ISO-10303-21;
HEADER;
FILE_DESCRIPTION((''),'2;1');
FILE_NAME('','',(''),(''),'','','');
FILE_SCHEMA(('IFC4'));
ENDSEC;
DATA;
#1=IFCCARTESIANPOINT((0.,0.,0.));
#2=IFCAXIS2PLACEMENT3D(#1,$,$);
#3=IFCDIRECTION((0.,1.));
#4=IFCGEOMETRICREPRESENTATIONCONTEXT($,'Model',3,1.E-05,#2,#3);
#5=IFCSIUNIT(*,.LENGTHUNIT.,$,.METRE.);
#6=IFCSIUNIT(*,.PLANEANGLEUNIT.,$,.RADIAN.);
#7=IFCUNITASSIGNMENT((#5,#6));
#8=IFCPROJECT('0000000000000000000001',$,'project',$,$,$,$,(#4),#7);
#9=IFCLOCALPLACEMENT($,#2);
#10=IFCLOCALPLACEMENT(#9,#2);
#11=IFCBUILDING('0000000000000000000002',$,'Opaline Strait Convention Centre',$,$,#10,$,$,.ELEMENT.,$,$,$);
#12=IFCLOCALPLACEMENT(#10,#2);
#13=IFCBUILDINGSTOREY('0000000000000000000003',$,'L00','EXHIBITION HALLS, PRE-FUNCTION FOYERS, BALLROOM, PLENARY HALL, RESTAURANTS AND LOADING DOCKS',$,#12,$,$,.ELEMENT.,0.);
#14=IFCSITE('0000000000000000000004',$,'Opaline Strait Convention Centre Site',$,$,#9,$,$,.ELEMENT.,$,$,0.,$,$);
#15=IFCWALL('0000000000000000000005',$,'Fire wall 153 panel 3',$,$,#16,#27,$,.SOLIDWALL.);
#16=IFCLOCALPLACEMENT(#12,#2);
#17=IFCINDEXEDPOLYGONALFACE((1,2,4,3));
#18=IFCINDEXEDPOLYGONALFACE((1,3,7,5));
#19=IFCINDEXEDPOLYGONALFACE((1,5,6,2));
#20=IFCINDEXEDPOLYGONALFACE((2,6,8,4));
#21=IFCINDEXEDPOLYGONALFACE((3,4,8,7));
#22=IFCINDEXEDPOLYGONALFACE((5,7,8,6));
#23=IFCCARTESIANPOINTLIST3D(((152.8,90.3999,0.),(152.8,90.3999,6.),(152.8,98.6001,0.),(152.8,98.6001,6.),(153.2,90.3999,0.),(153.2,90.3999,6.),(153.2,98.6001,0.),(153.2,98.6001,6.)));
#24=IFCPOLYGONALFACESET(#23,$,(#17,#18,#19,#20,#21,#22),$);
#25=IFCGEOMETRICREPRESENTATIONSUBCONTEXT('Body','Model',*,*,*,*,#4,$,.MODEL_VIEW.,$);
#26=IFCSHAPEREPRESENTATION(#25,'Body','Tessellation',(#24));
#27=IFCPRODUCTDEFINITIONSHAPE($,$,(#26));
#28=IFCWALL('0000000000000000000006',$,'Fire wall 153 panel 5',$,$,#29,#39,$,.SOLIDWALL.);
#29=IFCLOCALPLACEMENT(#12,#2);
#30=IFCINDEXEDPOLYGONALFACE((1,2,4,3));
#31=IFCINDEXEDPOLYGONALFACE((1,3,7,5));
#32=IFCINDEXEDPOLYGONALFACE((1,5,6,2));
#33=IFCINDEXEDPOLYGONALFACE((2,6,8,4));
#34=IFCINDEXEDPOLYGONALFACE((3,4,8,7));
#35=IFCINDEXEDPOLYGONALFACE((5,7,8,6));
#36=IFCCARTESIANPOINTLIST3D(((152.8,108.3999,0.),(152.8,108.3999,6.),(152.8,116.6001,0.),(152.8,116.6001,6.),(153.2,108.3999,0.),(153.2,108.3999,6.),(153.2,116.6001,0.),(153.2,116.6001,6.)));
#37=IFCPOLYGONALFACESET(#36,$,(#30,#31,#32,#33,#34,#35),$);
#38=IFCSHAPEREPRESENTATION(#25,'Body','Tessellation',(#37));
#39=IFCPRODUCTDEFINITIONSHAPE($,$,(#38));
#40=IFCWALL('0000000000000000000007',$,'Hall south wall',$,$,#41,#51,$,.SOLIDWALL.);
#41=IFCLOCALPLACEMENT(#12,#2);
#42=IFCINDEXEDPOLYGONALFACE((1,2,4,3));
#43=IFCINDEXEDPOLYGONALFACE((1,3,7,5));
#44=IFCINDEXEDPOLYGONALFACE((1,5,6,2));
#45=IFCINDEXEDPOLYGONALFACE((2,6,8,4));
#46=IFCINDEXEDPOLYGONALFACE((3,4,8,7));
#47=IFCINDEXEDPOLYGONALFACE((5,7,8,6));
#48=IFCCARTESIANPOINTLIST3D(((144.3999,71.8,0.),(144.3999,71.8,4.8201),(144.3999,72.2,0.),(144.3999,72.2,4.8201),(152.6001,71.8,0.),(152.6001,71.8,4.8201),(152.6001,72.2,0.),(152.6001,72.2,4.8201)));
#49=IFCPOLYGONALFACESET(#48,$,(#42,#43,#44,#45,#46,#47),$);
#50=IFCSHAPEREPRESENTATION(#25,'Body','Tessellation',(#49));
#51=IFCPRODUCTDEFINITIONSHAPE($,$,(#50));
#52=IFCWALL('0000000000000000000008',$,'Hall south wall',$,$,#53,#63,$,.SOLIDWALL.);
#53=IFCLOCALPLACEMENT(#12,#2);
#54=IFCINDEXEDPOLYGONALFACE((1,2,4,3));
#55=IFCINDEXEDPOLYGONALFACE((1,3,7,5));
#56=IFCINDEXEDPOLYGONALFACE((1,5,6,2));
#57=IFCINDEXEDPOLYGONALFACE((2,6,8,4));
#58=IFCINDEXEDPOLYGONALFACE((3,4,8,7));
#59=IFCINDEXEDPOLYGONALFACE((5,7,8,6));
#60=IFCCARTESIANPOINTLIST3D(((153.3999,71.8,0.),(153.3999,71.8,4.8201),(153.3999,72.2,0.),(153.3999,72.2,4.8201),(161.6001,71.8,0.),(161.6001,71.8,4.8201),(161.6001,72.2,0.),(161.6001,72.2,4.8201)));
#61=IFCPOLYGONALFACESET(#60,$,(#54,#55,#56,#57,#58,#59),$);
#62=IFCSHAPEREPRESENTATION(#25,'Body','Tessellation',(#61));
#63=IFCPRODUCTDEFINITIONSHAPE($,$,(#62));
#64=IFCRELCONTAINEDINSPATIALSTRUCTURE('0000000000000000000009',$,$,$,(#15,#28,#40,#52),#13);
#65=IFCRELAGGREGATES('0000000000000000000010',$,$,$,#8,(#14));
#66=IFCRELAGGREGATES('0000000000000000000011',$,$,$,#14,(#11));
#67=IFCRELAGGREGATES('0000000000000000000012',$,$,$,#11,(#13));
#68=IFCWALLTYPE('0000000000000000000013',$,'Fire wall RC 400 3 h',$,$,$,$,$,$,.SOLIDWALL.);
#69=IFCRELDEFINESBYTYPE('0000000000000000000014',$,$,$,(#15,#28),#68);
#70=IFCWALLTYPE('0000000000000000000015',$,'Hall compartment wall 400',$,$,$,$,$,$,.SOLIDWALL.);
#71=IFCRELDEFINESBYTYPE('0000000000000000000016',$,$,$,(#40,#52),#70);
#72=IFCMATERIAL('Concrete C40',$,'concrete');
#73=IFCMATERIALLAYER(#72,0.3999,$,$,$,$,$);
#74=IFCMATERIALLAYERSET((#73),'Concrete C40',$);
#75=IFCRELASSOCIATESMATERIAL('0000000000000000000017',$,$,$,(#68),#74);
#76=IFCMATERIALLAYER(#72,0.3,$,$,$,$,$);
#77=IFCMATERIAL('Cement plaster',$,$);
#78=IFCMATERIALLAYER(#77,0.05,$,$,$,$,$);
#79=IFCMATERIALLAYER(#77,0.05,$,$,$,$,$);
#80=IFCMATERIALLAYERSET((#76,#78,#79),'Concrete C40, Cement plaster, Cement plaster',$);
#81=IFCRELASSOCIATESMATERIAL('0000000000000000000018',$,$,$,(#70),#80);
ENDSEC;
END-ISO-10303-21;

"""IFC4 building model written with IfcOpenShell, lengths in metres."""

from ifc_helpers import new_model, si_unit, direction, frame, frame_2d, origin, place, context, subcontext, project, spatial, rectangle, extrude, material, layer, layer_set, type_object, element, save


model = new_model("IFC4")

# Units and contexts
model_context = context("Model", 3, precision=1e-05, world=origin(), true_north=direction((0.0, 1.0)))
body_context = subcontext(model_context, "Body", "Model", "MODEL_VIEW")
ifc_project = project(units=[si_unit("LENGTHUNIT", "METRE"), si_unit("PLANEANGLEUNIT", "RADIAN")], contexts=[model_context])

# Site, building, storey
site_placement = place(None, origin())
site = spatial("IfcSite", under=ifc_project, at=site_placement, Name="Opaline Strait Convention Centre Site", CompositionType="ELEMENT", RefElevation=0.0)
building_placement = place(site_placement, origin())
building = spatial("IfcBuilding", under=site, at=building_placement, Name="Opaline Strait Convention Centre", CompositionType="ELEMENT")
storey_placement = place(building_placement, origin())
storey = spatial("IfcBuildingStorey", under=building, at=storey_placement, Name="L00", Description="EXHIBITION HALLS, PRE-FUNCTION FOYERS, BALLROOM, PLENARY HALL, RESTAURANTS AND LOADING DOCKS", CompositionType="ELEMENT", Elevation=0.0)

# Shared definitions
ifc_material_1 = material(Name="Concrete C40", Category="concrete")

# Shared definitions
ifc_layer_1 = layer(ifc_material_1, 0.3999)
ifc_layer_set_1 = layer_set([ifc_layer_1], Name="Concrete C40")
wall_type_1 = type_object("IfcWallType", Name="Fire wall RC 400 3 h", PredefinedType="SOLIDWALL", material=ifc_layer_set_1)

# Wall
wall_1_placement = place(storey_placement, frame((153.0, 90.3999, 0.0), z_axis=(0.0, 0.0, 1.0), x_axis=(0.0, 1.0, 0.0)))
element("IfcWall", 1, at=wall_1_placement, inside=storey, type_object=wall_type_1, Name="Fire wall 153 panel 3", PredefinedType="SOLIDWALL", context=body_context, shape_type="SweptSolid", body=[
    extrude(rectangle(XDim=8.2002, YDim=0.3999, at=frame_2d((4.1001, 0.0))), origin(), (0.0, 0.0, 1.0), 6.0),
])

# Walls
wall_2_placement = place(storey_placement, frame((153.0, 108.3999, 0.0), z_axis=(0.0, 0.0, 1.0), x_axis=(0.0, 1.0, 0.0)))
element("IfcWall", 2, at=wall_2_placement, inside=storey, type_object=wall_type_1, Name="Fire wall 153 panel 5", PredefinedType="SOLIDWALL", context=body_context, shape_type="SweptSolid", body=[
    extrude(rectangle(XDim=8.2002, YDim=0.3999, at=frame_2d((4.1001, 0.0))), origin(), (0.0, 0.0, 1.0), 6.0),
])
ifc_layer_2 = layer(ifc_material_1, 0.3)
ifc_material_2 = material(Name="Cement plaster")
ifc_layer_3 = layer(ifc_material_2, 0.05)
ifc_layer_4 = layer(ifc_material_2, 0.05)
ifc_layer_set_2 = layer_set([ifc_layer_2, ifc_layer_3, ifc_layer_4], Name="Concrete C40, Cement plaster, Cement plaster")
wall_type_2 = type_object("IfcWallType", Name="Hall compartment wall 400", PredefinedType="SOLIDWALL", material=ifc_layer_set_2)
for number, where, z_axis, x_axis, name in (
    (3, (144.3999, 72.0, 0.0), (0.0, 0.0, 1.0), (1.0, 0.0, 0.0), "Hall south wall"),
    (4, (153.3999, 72.0, 0.0), (0.0, 0.0, 1.0), (1.0, 0.0, 0.0), "Hall south wall"),
):
    element("IfcWall", number, at=place(storey_placement, frame(where, z_axis=z_axis, x_axis=x_axis)), inside=storey, type_object=wall_type_2, Name=name, PredefinedType="SOLIDWALL", context=body_context, shape_type="SweptSolid", body=[
        extrude(rectangle(XDim=8.2002, YDim=0.3999, at=frame_2d((4.1001, 0.0))), origin(), (0.0, 0.0, 1.0), 4.8201),
    ])

save(model, "model.ifc")
